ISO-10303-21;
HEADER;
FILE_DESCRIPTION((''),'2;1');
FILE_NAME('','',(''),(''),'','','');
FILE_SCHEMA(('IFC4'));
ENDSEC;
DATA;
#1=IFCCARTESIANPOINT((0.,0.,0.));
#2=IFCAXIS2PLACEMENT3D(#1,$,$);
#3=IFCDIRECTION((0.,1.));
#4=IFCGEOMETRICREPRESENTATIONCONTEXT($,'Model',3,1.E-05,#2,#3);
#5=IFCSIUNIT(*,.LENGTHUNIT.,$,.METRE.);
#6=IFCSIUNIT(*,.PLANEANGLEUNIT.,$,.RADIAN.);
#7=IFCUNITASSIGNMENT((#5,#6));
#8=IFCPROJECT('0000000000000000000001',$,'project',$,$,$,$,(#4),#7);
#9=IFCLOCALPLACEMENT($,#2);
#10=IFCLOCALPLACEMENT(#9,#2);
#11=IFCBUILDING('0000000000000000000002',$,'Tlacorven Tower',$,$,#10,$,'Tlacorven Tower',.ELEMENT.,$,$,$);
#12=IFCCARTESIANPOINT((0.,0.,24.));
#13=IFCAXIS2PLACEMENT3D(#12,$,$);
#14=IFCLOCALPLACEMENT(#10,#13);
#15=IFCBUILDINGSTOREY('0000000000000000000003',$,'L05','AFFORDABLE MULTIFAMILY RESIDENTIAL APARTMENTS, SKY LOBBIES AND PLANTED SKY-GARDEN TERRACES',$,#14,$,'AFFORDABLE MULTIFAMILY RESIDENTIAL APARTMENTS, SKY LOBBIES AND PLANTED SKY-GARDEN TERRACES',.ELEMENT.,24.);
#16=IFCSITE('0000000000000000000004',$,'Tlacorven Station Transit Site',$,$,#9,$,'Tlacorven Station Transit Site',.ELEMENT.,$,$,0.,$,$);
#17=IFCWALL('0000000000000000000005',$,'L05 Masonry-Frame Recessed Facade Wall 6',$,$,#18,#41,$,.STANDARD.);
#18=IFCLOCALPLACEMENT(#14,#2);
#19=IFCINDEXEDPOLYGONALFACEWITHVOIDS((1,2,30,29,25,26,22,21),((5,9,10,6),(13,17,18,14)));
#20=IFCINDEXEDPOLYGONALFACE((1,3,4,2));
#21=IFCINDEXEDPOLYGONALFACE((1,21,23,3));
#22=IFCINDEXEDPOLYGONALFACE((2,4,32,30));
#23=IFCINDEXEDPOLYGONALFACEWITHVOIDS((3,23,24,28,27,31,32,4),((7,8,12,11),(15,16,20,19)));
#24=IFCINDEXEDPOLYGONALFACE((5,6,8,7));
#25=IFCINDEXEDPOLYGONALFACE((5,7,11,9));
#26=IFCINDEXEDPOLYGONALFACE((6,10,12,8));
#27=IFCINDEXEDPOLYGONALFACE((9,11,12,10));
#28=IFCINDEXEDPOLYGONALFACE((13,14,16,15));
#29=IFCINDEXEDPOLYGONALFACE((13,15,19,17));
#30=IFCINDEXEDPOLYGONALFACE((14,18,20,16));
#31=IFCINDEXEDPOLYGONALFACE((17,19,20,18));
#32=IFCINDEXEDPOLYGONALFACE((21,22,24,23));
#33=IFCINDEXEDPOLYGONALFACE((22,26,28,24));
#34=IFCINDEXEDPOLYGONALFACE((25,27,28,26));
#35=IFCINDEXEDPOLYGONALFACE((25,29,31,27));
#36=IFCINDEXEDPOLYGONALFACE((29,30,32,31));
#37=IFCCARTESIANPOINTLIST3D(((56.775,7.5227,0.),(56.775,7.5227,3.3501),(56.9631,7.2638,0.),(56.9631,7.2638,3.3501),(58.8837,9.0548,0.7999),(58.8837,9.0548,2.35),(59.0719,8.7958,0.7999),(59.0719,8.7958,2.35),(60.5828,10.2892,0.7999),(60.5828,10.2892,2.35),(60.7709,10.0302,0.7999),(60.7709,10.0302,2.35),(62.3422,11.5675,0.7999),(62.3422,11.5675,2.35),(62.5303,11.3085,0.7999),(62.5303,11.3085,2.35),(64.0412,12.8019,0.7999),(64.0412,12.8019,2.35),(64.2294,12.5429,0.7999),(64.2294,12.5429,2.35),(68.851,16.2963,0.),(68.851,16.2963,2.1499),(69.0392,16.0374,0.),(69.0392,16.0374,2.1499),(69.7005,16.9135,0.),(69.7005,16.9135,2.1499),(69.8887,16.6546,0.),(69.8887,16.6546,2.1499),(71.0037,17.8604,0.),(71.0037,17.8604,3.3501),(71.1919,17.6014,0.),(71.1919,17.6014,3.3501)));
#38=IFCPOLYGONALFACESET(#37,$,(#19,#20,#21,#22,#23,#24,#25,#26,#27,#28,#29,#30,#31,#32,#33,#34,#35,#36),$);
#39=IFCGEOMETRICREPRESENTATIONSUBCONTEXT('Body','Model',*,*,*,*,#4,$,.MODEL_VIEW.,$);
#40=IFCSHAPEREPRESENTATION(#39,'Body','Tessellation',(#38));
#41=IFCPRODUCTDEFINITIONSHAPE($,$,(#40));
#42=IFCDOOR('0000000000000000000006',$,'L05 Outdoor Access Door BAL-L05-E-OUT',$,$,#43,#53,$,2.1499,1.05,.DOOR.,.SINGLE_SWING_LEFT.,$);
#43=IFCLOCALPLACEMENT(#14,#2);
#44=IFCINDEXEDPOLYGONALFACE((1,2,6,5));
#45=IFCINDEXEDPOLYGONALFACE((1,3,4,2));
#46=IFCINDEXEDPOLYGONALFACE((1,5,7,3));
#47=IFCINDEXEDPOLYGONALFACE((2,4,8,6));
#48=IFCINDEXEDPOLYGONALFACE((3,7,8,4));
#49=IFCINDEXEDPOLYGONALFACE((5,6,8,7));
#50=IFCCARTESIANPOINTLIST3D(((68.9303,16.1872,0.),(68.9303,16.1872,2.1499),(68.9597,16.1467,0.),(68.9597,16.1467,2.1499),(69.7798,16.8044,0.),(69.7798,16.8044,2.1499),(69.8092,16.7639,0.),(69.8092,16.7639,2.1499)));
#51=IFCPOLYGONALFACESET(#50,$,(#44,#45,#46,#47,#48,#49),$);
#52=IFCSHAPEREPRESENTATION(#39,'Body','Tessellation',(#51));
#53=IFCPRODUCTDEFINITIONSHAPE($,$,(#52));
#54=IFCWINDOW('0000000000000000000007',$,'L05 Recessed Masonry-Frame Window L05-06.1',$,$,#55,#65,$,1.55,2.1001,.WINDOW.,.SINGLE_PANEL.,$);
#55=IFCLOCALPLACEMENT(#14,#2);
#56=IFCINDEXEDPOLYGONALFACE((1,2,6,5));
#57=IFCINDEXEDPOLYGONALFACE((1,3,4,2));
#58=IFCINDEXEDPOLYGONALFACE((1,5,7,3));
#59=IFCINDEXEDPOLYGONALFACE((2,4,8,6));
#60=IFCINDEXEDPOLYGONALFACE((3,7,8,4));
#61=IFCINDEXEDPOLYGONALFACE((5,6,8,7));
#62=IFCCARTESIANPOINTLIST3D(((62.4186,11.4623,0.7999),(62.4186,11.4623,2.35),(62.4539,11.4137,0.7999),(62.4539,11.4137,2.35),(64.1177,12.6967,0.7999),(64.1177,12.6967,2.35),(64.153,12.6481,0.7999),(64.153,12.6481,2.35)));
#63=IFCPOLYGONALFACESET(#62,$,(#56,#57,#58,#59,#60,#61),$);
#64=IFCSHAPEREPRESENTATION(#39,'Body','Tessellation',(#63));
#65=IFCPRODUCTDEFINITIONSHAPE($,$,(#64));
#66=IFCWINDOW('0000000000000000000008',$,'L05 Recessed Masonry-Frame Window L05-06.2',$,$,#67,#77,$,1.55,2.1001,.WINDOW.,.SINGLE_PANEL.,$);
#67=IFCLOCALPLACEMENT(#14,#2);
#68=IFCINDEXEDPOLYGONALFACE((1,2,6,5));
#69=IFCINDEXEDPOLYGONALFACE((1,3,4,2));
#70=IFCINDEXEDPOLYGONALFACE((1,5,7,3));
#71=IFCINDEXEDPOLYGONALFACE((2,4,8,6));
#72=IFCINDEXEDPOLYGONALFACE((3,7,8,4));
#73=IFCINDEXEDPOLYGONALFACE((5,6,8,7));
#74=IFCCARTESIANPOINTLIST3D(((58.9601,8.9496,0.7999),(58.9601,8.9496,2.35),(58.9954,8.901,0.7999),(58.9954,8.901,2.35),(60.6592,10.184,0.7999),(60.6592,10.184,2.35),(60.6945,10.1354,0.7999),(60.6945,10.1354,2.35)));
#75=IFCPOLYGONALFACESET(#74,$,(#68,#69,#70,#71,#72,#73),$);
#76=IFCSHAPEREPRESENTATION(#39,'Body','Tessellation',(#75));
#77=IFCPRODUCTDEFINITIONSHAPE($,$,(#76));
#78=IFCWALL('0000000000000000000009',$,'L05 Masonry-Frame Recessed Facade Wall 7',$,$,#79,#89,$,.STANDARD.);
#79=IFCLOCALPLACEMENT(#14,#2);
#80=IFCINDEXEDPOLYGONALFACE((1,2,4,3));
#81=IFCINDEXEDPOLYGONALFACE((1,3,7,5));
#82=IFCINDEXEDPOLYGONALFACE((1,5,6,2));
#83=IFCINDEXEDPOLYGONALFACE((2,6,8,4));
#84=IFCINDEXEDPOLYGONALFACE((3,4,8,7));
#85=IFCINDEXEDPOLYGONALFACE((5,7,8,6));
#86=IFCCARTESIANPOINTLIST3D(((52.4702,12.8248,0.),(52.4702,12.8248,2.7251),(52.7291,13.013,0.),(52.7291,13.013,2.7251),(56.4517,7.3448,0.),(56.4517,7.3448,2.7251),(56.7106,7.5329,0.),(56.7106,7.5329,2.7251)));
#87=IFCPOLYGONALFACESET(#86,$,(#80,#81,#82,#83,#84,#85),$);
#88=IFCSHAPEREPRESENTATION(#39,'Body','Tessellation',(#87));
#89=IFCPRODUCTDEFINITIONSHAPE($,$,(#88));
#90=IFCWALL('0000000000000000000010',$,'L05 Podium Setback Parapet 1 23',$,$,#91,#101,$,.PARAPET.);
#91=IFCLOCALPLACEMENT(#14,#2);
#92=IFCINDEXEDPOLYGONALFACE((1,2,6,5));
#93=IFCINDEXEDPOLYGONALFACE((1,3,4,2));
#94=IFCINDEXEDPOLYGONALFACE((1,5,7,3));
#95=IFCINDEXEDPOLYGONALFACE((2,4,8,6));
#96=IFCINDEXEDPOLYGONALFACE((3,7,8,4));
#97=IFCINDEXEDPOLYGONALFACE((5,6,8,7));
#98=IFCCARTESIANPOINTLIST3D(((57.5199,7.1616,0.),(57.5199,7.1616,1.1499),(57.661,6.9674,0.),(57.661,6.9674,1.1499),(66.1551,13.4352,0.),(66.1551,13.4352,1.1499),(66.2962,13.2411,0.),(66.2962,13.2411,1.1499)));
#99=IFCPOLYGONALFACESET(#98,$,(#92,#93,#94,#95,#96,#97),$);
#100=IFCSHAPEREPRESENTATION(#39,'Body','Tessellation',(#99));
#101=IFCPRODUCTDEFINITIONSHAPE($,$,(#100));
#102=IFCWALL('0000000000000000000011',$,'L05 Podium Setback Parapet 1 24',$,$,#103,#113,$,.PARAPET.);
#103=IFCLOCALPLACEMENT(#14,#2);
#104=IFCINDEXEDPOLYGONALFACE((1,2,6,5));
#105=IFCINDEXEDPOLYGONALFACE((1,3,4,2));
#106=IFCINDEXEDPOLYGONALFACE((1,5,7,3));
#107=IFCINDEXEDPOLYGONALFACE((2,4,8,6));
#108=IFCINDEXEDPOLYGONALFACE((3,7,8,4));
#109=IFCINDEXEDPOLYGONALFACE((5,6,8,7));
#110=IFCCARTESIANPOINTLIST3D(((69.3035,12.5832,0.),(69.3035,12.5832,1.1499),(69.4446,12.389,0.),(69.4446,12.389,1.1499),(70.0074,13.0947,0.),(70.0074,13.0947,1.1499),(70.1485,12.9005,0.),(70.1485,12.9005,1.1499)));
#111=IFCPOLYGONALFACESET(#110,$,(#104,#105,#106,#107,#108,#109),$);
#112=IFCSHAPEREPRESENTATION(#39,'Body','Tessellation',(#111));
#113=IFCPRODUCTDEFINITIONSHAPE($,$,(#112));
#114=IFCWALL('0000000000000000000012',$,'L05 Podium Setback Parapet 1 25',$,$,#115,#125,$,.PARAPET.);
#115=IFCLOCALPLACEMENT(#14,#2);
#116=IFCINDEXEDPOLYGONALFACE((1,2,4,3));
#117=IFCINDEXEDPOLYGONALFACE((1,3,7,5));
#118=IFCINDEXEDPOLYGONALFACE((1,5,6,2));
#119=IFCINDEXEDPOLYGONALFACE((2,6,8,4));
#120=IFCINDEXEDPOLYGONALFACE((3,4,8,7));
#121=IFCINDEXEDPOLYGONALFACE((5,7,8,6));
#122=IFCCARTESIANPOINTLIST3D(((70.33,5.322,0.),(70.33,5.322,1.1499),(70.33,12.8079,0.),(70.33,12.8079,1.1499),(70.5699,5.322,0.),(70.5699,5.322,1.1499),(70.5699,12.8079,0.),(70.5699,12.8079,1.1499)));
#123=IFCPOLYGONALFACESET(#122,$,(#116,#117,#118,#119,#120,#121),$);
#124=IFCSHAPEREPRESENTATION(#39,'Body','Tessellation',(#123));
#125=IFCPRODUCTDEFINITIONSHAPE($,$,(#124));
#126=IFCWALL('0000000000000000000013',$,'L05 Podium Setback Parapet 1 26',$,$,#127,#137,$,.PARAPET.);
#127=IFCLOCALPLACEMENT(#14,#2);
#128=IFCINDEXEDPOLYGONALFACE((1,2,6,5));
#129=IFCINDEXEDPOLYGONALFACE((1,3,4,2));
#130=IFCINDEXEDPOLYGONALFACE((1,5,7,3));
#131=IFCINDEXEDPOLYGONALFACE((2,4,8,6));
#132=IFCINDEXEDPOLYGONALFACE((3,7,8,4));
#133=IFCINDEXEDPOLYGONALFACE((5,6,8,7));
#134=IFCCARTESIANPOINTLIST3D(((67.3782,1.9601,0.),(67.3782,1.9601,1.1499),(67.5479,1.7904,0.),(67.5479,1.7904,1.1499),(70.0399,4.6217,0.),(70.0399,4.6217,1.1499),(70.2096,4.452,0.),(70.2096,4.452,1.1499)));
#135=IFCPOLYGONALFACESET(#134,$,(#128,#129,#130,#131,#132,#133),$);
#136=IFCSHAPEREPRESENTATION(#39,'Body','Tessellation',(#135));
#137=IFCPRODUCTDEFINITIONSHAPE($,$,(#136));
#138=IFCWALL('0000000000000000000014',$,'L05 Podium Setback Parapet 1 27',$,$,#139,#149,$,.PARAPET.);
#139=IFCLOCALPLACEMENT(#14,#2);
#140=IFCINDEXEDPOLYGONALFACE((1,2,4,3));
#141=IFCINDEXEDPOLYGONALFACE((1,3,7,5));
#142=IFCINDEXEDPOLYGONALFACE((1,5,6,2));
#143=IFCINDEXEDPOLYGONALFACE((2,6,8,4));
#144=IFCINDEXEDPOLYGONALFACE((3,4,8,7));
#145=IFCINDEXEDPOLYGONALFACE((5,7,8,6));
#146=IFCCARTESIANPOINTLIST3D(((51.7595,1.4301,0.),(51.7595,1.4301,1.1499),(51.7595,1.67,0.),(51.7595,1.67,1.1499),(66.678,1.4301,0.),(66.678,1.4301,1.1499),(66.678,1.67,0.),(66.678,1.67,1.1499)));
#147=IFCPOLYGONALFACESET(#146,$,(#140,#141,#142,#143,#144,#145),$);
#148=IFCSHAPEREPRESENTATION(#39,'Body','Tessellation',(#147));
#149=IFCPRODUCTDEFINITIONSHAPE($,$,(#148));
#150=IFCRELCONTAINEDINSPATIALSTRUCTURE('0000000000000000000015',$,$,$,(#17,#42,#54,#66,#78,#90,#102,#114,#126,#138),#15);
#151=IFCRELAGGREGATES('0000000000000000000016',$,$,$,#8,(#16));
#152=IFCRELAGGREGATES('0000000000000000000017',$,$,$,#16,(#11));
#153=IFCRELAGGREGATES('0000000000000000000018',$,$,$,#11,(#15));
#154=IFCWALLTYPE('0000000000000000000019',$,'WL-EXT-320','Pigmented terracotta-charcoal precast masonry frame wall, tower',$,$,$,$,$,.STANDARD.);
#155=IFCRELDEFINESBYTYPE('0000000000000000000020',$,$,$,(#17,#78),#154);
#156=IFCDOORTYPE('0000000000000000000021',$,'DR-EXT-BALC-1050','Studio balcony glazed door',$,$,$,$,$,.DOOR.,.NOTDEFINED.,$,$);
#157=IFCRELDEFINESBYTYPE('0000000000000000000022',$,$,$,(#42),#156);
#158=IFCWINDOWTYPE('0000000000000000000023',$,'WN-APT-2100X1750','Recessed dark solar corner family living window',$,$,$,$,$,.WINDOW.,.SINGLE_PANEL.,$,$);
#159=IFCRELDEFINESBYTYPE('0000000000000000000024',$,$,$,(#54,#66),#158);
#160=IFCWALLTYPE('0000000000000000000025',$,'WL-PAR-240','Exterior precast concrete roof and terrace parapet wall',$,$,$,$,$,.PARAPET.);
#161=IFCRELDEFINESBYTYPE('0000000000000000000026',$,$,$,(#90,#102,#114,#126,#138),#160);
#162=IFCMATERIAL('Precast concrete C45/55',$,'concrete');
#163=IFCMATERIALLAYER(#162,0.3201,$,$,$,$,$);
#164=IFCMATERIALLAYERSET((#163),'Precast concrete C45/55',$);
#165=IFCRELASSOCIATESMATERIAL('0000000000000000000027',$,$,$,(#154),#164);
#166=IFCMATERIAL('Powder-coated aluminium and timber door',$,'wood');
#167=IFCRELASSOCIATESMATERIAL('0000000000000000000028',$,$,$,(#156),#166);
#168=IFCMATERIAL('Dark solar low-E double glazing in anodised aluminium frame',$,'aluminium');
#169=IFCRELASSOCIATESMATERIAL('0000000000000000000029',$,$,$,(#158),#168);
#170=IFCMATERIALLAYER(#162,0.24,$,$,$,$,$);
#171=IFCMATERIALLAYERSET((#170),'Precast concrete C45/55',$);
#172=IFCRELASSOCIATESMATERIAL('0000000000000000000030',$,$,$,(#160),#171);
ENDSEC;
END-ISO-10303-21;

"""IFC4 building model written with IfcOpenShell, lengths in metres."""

from ifc_helpers import new_model, si_unit, direction, frame, frame_2d, origin, place, context, subcontext, project, spatial, rectangle, extrude, source, transform, mapped, material, layer, layer_set, type_object, element, fill, save


model = new_model("IFC4")

# Units and contexts
model_context = context("Model", 3, precision=1e-05, world=origin(), true_north=direction((0.0, 1.0)))
body_context = subcontext(model_context, "Body", "Model", "MODEL_VIEW")
ifc_project = project(units=[si_unit("LENGTHUNIT", "METRE"), si_unit("PLANEANGLEUNIT", "RADIAN")], contexts=[model_context])

# Site, building, storey
site_placement = place(None, origin())
site = spatial("IfcSite", under=ifc_project, at=site_placement, Name="Tlacorven Station Transit Site", LongName="Tlacorven Station Transit Site", CompositionType="ELEMENT", RefElevation=0.0)
building_placement = place(site_placement, origin())
building = spatial("IfcBuilding", under=site, at=building_placement, Name="Tlacorven Tower", LongName="Tlacorven Tower", CompositionType="ELEMENT")
storey_placement = place(building_placement, frame((0.0, 0.0, 24.0)))
storey = spatial("IfcBuildingStorey", under=building, at=storey_placement, Name="L05", Description="AFFORDABLE MULTIFAMILY RESIDENTIAL APARTMENTS, SKY LOBBIES AND PLANTED SKY-GARDEN TERRACES", LongName="AFFORDABLE MULTIFAMILY RESIDENTIAL APARTMENTS, SKY LOBBIES AND PLANTED SKY-GARDEN TERRACES", CompositionType="ELEMENT", Elevation=24.0)

# Wall, openings, door, windows
ifc_material_1 = material(Name="Precast concrete C45/55", Category="concrete")
ifc_layer_1 = layer(ifc_material_1, 0.3201)
ifc_layer_set_1 = layer_set([ifc_layer_1], Name="Precast concrete C45/55")
wall_type_1 = type_object("IfcWallType", Name="WL-EXT-320", Description="Pigmented terracotta-charcoal precast masonry frame wall, tower", PredefinedType="STANDARD", material=ifc_layer_set_1)
wall_1_placement = place(storey_placement, frame((71.0979, 17.731, 0.0), z_axis=(0.0, 0.0, 1.0), x_axis=(-0.809021, -0.58778, 0.0)))
wall_1 = element("IfcWall", 1, at=wall_1_placement, inside=storey, type_object=wall_type_1, Name="L05 Masonry-Frame Recessed Facade Wall 6", PredefinedType="STANDARD", context=body_context, shape_type="SweptSolid", body=[
    extrude(rectangle(XDim=17.5876, YDim=0.3201, at=frame_2d((8.7939, 0.0))), origin(), (0.0, 0.0, 1.0), 3.3501),
])
opening_1_placement = place(wall_1_placement, frame((1.6111, 0.0, 0.0)))
opening_1 = element("IfcOpeningElement", 2, at=opening_1_placement, cuts=wall_1, PredefinedType="OPENING", context=body_context, shape_type="SweptSolid", body=[
    extrude(rectangle(XDim=1.05, YDim=2.1499, at=frame_2d((0.5249, 1.075))), frame((0.0, 0.1699, 0.0), z_axis=(0.0, -1.0, 0.0), x_axis=(1.0, 0.0, 0.0)), (0.0, 0.0, 1.0), 0.3401),
])
opening_2_placement = place(wall_1_placement, frame((8.6062, 0.0, 0.8)))
opening_2 = element("IfcOpeningElement", 3, at=opening_2_placement, cuts=wall_1, PredefinedType="OPENING", context=body_context, shape_type="SweptSolid", body=[
    extrude(rectangle(XDim=2.1001, YDim=1.55, at=frame_2d((1.05, 0.7749))), frame((0.0, 0.1699, 0.0), z_axis=(0.0, -1.0, 0.0), x_axis=(1.0, 0.0, 0.0)), (0.0, 0.0, 1.0), 0.3401),
])
opening_3_placement = place(wall_1_placement, frame((12.8811, 0.0, 0.8)))
opening_3 = element("IfcOpeningElement", 4, at=opening_3_placement, cuts=wall_1, PredefinedType="OPENING", context=body_context, shape_type="SweptSolid", body=[
    extrude(rectangle(XDim=2.1001, YDim=1.55, at=frame_2d((1.05, 0.7749))), frame((0.0, 0.1699, 0.0), z_axis=(0.0, -1.0, 0.0), x_axis=(1.0, 0.0, 0.0)), (0.0, 0.0, 1.0), 0.3401),
])
ifc_material_2 = material(Name="Powder-coated aluminium and timber door", Category="wood")
door_type_1 = type_object("IfcDoorType", Name="DR-EXT-BALC-1050", Description="Studio balcony glazed door", OperationType="NOTDEFINED", PredefinedType="DOOR", material=ifc_material_2)
shared_shape_1 = source(origin(), body_context, "Body", "SweptSolid", [
    extrude(rectangle(XDim=1.05, YDim=2.1499, at=frame_2d((0.5249, 1.075))), frame((0.0, 0.0249, 0.0), z_axis=(0.0, -1.0, 0.0), x_axis=(1.0, 0.0, 0.0)), (0.0, 0.0, 1.0), 0.05),
])
door_1_placement = place(opening_1_placement, origin())
door_1 = element("IfcDoor", 5, at=door_1_placement, inside=storey, type_object=door_type_1, Name="L05 Outdoor Access Door BAL-L05-E-OUT", OperationType="SINGLE_SWING_LEFT", OverallHeight=2.1499, OverallWidth=1.05, PredefinedType="DOOR", context=body_context, shape_type="MappedRepresentation", body=[
    mapped(shared_shape_1, transform((0.0, 0.0, 0.0), scale=1.0)),
])
fill(opening_1, door_1)
ifc_material_3 = material(Name="Dark solar low-E double glazing in anodised aluminium frame", Category="aluminium")
window_type = type_object("IfcWindowType", Name="WN-APT-2100X1750", Description="Recessed dark solar corner family living window", PartitioningType="SINGLE_PANEL", PredefinedType="WINDOW", material=ifc_material_3)
shared_shape_2 = source(origin(), body_context, "Body", "SweptSolid", [
    extrude(rectangle(XDim=2.1001, YDim=1.55, at=frame_2d((1.05, 0.7749))), frame((0.0, 0.03, 0.0), z_axis=(0.0, -1.0, 0.0), x_axis=(1.0, 0.0, 0.0)), (0.0, 0.0, 1.0), 0.0601),
])
window_1_placement = place(opening_2_placement, origin())
window_1 = element("IfcWindow", 6, at=window_1_placement, inside=storey, type_object=window_type, Name="L05 Recessed Masonry-Frame Window L05-06.1", OverallHeight=1.55, OverallWidth=2.1001, PartitioningType="SINGLE_PANEL", PredefinedType="WINDOW", context=body_context, shape_type="MappedRepresentation", body=[
    mapped(shared_shape_2, transform((0.0, 0.0, 0.0), scale=1.0)),
])
fill(opening_2, window_1)
window_2_placement = place(opening_3_placement, origin())
window_2 = element("IfcWindow", 7, at=window_2_placement, inside=storey, type_object=window_type, Name="L05 Recessed Masonry-Frame Window L05-06.2", OverallHeight=1.55, OverallWidth=2.1001, PartitioningType="SINGLE_PANEL", PredefinedType="WINDOW", context=body_context, shape_type="MappedRepresentation", body=[
    mapped(shared_shape_2, transform((0.0, 0.0, 0.0), scale=1.0)),
])
fill(opening_3, window_2)

# Walls
wall_2_placement = place(storey_placement, frame((56.5811, 7.439, 0.0), z_axis=(0.0, 0.0, 1.0), x_axis=(-0.587786, 0.809017, 0.0)))
element("IfcWall", 8, at=wall_2_placement, inside=storey, type_object=wall_type_1, Name="L05 Masonry-Frame Recessed Facade Wall 7", PredefinedType="STANDARD", context=body_context, shape_type="SweptSolid", body=[
    extrude(rectangle(XDim=6.7737, YDim=0.3201, at=frame_2d((3.3867, 0.0))), origin(), (0.0, 0.0, 1.0), 2.7251),
])
ifc_layer_2 = layer(ifc_material_1, 0.24)
ifc_layer_set_2 = layer_set([ifc_layer_2], Name="Precast concrete C45/55")
wall_type_2 = type_object("IfcWallType", Name="WL-PAR-240", Description="Exterior precast concrete roof and terrace parapet wall", PredefinedType="PARAPET", material=ifc_layer_set_2)
wall_3_placement = place(storey_placement, frame((57.5903, 7.0645, 0.0), z_axis=(0.0, 0.0, 1.0), x_axis=(0.809026, 0.587773, 0.0)))
element("IfcWall", 9, at=wall_3_placement, inside=storey, type_object=wall_type_2, Name="L05 Podium Setback Parapet 1 23", PredefinedType="PARAPET", context=body_context, shape_type="SweptSolid", body=[
    extrude(rectangle(XDim=10.6736, YDim=0.24, at=frame_2d((5.3369, 0.0))), origin(), (0.0, 0.0, 1.0), 1.1499),
])
wall_4_placement = place(storey_placement, frame((69.374, 12.4861, 0.0), z_axis=(0.0, 0.0, 1.0), x_axis=(0.808967, 0.587855, 0.0)))
element("IfcWall", 10, at=wall_4_placement, inside=storey, type_object=wall_type_2, Name="L05 Podium Setback Parapet 1 24", PredefinedType="PARAPET", context=body_context, shape_type="SweptSolid", body=[
    extrude(rectangle(XDim=0.8701, YDim=0.24, at=frame_2d((0.4351, 0.0))), origin(), (0.0, 0.0, 1.0), 1.1499),
])
wall_5_placement = place(storey_placement, frame((70.45, 12.8079, 0.0), z_axis=(0.0, 0.0, 1.0), x_axis=(0.0, -1.0, 0.0)))
element("IfcWall", 11, at=wall_5_placement, inside=storey, type_object=wall_type_2, Name="L05 Podium Setback Parapet 1 25", PredefinedType="PARAPET", context=body_context, shape_type="SweptSolid", body=[
    extrude(rectangle(XDim=7.4858, YDim=0.24, at=frame_2d((3.7429, 0.0))), origin(), (0.0, 0.0, 1.0), 1.1499),
])
wall_6_placement = place(storey_placement, frame((70.1248, 4.5369, 0.0), z_axis=(0.0, 0.0, 1.0), x_axis=(-0.707107, -0.707107, 0.0)))
element("IfcWall", 12, at=wall_6_placement, inside=storey, type_object=wall_type_2, Name="L05 Podium Setback Parapet 1 26", PredefinedType="PARAPET", context=body_context, shape_type="SweptSolid", body=[
    extrude(rectangle(XDim=3.7642, YDim=0.24, at=frame_2d((1.8821, 0.0))), origin(), (0.0, 0.0, 1.0), 1.1499),
])
wall_7_placement = place(storey_placement, frame((66.678, 1.55, 0.0), z_axis=(0.0, 0.0, 1.0), x_axis=(-1.0, 0.0, 0.0)))
element("IfcWall", 13, at=wall_7_placement, inside=storey, type_object=wall_type_2, Name="L05 Podium Setback Parapet 1 27", PredefinedType="PARAPET", context=body_context, shape_type="SweptSolid", body=[
    extrude(rectangle(XDim=14.9185, YDim=0.24, at=frame_2d((7.4592, 0.0))), origin(), (0.0, 0.0, 1.0), 1.1499),
])

save(model, "model.ifc")
